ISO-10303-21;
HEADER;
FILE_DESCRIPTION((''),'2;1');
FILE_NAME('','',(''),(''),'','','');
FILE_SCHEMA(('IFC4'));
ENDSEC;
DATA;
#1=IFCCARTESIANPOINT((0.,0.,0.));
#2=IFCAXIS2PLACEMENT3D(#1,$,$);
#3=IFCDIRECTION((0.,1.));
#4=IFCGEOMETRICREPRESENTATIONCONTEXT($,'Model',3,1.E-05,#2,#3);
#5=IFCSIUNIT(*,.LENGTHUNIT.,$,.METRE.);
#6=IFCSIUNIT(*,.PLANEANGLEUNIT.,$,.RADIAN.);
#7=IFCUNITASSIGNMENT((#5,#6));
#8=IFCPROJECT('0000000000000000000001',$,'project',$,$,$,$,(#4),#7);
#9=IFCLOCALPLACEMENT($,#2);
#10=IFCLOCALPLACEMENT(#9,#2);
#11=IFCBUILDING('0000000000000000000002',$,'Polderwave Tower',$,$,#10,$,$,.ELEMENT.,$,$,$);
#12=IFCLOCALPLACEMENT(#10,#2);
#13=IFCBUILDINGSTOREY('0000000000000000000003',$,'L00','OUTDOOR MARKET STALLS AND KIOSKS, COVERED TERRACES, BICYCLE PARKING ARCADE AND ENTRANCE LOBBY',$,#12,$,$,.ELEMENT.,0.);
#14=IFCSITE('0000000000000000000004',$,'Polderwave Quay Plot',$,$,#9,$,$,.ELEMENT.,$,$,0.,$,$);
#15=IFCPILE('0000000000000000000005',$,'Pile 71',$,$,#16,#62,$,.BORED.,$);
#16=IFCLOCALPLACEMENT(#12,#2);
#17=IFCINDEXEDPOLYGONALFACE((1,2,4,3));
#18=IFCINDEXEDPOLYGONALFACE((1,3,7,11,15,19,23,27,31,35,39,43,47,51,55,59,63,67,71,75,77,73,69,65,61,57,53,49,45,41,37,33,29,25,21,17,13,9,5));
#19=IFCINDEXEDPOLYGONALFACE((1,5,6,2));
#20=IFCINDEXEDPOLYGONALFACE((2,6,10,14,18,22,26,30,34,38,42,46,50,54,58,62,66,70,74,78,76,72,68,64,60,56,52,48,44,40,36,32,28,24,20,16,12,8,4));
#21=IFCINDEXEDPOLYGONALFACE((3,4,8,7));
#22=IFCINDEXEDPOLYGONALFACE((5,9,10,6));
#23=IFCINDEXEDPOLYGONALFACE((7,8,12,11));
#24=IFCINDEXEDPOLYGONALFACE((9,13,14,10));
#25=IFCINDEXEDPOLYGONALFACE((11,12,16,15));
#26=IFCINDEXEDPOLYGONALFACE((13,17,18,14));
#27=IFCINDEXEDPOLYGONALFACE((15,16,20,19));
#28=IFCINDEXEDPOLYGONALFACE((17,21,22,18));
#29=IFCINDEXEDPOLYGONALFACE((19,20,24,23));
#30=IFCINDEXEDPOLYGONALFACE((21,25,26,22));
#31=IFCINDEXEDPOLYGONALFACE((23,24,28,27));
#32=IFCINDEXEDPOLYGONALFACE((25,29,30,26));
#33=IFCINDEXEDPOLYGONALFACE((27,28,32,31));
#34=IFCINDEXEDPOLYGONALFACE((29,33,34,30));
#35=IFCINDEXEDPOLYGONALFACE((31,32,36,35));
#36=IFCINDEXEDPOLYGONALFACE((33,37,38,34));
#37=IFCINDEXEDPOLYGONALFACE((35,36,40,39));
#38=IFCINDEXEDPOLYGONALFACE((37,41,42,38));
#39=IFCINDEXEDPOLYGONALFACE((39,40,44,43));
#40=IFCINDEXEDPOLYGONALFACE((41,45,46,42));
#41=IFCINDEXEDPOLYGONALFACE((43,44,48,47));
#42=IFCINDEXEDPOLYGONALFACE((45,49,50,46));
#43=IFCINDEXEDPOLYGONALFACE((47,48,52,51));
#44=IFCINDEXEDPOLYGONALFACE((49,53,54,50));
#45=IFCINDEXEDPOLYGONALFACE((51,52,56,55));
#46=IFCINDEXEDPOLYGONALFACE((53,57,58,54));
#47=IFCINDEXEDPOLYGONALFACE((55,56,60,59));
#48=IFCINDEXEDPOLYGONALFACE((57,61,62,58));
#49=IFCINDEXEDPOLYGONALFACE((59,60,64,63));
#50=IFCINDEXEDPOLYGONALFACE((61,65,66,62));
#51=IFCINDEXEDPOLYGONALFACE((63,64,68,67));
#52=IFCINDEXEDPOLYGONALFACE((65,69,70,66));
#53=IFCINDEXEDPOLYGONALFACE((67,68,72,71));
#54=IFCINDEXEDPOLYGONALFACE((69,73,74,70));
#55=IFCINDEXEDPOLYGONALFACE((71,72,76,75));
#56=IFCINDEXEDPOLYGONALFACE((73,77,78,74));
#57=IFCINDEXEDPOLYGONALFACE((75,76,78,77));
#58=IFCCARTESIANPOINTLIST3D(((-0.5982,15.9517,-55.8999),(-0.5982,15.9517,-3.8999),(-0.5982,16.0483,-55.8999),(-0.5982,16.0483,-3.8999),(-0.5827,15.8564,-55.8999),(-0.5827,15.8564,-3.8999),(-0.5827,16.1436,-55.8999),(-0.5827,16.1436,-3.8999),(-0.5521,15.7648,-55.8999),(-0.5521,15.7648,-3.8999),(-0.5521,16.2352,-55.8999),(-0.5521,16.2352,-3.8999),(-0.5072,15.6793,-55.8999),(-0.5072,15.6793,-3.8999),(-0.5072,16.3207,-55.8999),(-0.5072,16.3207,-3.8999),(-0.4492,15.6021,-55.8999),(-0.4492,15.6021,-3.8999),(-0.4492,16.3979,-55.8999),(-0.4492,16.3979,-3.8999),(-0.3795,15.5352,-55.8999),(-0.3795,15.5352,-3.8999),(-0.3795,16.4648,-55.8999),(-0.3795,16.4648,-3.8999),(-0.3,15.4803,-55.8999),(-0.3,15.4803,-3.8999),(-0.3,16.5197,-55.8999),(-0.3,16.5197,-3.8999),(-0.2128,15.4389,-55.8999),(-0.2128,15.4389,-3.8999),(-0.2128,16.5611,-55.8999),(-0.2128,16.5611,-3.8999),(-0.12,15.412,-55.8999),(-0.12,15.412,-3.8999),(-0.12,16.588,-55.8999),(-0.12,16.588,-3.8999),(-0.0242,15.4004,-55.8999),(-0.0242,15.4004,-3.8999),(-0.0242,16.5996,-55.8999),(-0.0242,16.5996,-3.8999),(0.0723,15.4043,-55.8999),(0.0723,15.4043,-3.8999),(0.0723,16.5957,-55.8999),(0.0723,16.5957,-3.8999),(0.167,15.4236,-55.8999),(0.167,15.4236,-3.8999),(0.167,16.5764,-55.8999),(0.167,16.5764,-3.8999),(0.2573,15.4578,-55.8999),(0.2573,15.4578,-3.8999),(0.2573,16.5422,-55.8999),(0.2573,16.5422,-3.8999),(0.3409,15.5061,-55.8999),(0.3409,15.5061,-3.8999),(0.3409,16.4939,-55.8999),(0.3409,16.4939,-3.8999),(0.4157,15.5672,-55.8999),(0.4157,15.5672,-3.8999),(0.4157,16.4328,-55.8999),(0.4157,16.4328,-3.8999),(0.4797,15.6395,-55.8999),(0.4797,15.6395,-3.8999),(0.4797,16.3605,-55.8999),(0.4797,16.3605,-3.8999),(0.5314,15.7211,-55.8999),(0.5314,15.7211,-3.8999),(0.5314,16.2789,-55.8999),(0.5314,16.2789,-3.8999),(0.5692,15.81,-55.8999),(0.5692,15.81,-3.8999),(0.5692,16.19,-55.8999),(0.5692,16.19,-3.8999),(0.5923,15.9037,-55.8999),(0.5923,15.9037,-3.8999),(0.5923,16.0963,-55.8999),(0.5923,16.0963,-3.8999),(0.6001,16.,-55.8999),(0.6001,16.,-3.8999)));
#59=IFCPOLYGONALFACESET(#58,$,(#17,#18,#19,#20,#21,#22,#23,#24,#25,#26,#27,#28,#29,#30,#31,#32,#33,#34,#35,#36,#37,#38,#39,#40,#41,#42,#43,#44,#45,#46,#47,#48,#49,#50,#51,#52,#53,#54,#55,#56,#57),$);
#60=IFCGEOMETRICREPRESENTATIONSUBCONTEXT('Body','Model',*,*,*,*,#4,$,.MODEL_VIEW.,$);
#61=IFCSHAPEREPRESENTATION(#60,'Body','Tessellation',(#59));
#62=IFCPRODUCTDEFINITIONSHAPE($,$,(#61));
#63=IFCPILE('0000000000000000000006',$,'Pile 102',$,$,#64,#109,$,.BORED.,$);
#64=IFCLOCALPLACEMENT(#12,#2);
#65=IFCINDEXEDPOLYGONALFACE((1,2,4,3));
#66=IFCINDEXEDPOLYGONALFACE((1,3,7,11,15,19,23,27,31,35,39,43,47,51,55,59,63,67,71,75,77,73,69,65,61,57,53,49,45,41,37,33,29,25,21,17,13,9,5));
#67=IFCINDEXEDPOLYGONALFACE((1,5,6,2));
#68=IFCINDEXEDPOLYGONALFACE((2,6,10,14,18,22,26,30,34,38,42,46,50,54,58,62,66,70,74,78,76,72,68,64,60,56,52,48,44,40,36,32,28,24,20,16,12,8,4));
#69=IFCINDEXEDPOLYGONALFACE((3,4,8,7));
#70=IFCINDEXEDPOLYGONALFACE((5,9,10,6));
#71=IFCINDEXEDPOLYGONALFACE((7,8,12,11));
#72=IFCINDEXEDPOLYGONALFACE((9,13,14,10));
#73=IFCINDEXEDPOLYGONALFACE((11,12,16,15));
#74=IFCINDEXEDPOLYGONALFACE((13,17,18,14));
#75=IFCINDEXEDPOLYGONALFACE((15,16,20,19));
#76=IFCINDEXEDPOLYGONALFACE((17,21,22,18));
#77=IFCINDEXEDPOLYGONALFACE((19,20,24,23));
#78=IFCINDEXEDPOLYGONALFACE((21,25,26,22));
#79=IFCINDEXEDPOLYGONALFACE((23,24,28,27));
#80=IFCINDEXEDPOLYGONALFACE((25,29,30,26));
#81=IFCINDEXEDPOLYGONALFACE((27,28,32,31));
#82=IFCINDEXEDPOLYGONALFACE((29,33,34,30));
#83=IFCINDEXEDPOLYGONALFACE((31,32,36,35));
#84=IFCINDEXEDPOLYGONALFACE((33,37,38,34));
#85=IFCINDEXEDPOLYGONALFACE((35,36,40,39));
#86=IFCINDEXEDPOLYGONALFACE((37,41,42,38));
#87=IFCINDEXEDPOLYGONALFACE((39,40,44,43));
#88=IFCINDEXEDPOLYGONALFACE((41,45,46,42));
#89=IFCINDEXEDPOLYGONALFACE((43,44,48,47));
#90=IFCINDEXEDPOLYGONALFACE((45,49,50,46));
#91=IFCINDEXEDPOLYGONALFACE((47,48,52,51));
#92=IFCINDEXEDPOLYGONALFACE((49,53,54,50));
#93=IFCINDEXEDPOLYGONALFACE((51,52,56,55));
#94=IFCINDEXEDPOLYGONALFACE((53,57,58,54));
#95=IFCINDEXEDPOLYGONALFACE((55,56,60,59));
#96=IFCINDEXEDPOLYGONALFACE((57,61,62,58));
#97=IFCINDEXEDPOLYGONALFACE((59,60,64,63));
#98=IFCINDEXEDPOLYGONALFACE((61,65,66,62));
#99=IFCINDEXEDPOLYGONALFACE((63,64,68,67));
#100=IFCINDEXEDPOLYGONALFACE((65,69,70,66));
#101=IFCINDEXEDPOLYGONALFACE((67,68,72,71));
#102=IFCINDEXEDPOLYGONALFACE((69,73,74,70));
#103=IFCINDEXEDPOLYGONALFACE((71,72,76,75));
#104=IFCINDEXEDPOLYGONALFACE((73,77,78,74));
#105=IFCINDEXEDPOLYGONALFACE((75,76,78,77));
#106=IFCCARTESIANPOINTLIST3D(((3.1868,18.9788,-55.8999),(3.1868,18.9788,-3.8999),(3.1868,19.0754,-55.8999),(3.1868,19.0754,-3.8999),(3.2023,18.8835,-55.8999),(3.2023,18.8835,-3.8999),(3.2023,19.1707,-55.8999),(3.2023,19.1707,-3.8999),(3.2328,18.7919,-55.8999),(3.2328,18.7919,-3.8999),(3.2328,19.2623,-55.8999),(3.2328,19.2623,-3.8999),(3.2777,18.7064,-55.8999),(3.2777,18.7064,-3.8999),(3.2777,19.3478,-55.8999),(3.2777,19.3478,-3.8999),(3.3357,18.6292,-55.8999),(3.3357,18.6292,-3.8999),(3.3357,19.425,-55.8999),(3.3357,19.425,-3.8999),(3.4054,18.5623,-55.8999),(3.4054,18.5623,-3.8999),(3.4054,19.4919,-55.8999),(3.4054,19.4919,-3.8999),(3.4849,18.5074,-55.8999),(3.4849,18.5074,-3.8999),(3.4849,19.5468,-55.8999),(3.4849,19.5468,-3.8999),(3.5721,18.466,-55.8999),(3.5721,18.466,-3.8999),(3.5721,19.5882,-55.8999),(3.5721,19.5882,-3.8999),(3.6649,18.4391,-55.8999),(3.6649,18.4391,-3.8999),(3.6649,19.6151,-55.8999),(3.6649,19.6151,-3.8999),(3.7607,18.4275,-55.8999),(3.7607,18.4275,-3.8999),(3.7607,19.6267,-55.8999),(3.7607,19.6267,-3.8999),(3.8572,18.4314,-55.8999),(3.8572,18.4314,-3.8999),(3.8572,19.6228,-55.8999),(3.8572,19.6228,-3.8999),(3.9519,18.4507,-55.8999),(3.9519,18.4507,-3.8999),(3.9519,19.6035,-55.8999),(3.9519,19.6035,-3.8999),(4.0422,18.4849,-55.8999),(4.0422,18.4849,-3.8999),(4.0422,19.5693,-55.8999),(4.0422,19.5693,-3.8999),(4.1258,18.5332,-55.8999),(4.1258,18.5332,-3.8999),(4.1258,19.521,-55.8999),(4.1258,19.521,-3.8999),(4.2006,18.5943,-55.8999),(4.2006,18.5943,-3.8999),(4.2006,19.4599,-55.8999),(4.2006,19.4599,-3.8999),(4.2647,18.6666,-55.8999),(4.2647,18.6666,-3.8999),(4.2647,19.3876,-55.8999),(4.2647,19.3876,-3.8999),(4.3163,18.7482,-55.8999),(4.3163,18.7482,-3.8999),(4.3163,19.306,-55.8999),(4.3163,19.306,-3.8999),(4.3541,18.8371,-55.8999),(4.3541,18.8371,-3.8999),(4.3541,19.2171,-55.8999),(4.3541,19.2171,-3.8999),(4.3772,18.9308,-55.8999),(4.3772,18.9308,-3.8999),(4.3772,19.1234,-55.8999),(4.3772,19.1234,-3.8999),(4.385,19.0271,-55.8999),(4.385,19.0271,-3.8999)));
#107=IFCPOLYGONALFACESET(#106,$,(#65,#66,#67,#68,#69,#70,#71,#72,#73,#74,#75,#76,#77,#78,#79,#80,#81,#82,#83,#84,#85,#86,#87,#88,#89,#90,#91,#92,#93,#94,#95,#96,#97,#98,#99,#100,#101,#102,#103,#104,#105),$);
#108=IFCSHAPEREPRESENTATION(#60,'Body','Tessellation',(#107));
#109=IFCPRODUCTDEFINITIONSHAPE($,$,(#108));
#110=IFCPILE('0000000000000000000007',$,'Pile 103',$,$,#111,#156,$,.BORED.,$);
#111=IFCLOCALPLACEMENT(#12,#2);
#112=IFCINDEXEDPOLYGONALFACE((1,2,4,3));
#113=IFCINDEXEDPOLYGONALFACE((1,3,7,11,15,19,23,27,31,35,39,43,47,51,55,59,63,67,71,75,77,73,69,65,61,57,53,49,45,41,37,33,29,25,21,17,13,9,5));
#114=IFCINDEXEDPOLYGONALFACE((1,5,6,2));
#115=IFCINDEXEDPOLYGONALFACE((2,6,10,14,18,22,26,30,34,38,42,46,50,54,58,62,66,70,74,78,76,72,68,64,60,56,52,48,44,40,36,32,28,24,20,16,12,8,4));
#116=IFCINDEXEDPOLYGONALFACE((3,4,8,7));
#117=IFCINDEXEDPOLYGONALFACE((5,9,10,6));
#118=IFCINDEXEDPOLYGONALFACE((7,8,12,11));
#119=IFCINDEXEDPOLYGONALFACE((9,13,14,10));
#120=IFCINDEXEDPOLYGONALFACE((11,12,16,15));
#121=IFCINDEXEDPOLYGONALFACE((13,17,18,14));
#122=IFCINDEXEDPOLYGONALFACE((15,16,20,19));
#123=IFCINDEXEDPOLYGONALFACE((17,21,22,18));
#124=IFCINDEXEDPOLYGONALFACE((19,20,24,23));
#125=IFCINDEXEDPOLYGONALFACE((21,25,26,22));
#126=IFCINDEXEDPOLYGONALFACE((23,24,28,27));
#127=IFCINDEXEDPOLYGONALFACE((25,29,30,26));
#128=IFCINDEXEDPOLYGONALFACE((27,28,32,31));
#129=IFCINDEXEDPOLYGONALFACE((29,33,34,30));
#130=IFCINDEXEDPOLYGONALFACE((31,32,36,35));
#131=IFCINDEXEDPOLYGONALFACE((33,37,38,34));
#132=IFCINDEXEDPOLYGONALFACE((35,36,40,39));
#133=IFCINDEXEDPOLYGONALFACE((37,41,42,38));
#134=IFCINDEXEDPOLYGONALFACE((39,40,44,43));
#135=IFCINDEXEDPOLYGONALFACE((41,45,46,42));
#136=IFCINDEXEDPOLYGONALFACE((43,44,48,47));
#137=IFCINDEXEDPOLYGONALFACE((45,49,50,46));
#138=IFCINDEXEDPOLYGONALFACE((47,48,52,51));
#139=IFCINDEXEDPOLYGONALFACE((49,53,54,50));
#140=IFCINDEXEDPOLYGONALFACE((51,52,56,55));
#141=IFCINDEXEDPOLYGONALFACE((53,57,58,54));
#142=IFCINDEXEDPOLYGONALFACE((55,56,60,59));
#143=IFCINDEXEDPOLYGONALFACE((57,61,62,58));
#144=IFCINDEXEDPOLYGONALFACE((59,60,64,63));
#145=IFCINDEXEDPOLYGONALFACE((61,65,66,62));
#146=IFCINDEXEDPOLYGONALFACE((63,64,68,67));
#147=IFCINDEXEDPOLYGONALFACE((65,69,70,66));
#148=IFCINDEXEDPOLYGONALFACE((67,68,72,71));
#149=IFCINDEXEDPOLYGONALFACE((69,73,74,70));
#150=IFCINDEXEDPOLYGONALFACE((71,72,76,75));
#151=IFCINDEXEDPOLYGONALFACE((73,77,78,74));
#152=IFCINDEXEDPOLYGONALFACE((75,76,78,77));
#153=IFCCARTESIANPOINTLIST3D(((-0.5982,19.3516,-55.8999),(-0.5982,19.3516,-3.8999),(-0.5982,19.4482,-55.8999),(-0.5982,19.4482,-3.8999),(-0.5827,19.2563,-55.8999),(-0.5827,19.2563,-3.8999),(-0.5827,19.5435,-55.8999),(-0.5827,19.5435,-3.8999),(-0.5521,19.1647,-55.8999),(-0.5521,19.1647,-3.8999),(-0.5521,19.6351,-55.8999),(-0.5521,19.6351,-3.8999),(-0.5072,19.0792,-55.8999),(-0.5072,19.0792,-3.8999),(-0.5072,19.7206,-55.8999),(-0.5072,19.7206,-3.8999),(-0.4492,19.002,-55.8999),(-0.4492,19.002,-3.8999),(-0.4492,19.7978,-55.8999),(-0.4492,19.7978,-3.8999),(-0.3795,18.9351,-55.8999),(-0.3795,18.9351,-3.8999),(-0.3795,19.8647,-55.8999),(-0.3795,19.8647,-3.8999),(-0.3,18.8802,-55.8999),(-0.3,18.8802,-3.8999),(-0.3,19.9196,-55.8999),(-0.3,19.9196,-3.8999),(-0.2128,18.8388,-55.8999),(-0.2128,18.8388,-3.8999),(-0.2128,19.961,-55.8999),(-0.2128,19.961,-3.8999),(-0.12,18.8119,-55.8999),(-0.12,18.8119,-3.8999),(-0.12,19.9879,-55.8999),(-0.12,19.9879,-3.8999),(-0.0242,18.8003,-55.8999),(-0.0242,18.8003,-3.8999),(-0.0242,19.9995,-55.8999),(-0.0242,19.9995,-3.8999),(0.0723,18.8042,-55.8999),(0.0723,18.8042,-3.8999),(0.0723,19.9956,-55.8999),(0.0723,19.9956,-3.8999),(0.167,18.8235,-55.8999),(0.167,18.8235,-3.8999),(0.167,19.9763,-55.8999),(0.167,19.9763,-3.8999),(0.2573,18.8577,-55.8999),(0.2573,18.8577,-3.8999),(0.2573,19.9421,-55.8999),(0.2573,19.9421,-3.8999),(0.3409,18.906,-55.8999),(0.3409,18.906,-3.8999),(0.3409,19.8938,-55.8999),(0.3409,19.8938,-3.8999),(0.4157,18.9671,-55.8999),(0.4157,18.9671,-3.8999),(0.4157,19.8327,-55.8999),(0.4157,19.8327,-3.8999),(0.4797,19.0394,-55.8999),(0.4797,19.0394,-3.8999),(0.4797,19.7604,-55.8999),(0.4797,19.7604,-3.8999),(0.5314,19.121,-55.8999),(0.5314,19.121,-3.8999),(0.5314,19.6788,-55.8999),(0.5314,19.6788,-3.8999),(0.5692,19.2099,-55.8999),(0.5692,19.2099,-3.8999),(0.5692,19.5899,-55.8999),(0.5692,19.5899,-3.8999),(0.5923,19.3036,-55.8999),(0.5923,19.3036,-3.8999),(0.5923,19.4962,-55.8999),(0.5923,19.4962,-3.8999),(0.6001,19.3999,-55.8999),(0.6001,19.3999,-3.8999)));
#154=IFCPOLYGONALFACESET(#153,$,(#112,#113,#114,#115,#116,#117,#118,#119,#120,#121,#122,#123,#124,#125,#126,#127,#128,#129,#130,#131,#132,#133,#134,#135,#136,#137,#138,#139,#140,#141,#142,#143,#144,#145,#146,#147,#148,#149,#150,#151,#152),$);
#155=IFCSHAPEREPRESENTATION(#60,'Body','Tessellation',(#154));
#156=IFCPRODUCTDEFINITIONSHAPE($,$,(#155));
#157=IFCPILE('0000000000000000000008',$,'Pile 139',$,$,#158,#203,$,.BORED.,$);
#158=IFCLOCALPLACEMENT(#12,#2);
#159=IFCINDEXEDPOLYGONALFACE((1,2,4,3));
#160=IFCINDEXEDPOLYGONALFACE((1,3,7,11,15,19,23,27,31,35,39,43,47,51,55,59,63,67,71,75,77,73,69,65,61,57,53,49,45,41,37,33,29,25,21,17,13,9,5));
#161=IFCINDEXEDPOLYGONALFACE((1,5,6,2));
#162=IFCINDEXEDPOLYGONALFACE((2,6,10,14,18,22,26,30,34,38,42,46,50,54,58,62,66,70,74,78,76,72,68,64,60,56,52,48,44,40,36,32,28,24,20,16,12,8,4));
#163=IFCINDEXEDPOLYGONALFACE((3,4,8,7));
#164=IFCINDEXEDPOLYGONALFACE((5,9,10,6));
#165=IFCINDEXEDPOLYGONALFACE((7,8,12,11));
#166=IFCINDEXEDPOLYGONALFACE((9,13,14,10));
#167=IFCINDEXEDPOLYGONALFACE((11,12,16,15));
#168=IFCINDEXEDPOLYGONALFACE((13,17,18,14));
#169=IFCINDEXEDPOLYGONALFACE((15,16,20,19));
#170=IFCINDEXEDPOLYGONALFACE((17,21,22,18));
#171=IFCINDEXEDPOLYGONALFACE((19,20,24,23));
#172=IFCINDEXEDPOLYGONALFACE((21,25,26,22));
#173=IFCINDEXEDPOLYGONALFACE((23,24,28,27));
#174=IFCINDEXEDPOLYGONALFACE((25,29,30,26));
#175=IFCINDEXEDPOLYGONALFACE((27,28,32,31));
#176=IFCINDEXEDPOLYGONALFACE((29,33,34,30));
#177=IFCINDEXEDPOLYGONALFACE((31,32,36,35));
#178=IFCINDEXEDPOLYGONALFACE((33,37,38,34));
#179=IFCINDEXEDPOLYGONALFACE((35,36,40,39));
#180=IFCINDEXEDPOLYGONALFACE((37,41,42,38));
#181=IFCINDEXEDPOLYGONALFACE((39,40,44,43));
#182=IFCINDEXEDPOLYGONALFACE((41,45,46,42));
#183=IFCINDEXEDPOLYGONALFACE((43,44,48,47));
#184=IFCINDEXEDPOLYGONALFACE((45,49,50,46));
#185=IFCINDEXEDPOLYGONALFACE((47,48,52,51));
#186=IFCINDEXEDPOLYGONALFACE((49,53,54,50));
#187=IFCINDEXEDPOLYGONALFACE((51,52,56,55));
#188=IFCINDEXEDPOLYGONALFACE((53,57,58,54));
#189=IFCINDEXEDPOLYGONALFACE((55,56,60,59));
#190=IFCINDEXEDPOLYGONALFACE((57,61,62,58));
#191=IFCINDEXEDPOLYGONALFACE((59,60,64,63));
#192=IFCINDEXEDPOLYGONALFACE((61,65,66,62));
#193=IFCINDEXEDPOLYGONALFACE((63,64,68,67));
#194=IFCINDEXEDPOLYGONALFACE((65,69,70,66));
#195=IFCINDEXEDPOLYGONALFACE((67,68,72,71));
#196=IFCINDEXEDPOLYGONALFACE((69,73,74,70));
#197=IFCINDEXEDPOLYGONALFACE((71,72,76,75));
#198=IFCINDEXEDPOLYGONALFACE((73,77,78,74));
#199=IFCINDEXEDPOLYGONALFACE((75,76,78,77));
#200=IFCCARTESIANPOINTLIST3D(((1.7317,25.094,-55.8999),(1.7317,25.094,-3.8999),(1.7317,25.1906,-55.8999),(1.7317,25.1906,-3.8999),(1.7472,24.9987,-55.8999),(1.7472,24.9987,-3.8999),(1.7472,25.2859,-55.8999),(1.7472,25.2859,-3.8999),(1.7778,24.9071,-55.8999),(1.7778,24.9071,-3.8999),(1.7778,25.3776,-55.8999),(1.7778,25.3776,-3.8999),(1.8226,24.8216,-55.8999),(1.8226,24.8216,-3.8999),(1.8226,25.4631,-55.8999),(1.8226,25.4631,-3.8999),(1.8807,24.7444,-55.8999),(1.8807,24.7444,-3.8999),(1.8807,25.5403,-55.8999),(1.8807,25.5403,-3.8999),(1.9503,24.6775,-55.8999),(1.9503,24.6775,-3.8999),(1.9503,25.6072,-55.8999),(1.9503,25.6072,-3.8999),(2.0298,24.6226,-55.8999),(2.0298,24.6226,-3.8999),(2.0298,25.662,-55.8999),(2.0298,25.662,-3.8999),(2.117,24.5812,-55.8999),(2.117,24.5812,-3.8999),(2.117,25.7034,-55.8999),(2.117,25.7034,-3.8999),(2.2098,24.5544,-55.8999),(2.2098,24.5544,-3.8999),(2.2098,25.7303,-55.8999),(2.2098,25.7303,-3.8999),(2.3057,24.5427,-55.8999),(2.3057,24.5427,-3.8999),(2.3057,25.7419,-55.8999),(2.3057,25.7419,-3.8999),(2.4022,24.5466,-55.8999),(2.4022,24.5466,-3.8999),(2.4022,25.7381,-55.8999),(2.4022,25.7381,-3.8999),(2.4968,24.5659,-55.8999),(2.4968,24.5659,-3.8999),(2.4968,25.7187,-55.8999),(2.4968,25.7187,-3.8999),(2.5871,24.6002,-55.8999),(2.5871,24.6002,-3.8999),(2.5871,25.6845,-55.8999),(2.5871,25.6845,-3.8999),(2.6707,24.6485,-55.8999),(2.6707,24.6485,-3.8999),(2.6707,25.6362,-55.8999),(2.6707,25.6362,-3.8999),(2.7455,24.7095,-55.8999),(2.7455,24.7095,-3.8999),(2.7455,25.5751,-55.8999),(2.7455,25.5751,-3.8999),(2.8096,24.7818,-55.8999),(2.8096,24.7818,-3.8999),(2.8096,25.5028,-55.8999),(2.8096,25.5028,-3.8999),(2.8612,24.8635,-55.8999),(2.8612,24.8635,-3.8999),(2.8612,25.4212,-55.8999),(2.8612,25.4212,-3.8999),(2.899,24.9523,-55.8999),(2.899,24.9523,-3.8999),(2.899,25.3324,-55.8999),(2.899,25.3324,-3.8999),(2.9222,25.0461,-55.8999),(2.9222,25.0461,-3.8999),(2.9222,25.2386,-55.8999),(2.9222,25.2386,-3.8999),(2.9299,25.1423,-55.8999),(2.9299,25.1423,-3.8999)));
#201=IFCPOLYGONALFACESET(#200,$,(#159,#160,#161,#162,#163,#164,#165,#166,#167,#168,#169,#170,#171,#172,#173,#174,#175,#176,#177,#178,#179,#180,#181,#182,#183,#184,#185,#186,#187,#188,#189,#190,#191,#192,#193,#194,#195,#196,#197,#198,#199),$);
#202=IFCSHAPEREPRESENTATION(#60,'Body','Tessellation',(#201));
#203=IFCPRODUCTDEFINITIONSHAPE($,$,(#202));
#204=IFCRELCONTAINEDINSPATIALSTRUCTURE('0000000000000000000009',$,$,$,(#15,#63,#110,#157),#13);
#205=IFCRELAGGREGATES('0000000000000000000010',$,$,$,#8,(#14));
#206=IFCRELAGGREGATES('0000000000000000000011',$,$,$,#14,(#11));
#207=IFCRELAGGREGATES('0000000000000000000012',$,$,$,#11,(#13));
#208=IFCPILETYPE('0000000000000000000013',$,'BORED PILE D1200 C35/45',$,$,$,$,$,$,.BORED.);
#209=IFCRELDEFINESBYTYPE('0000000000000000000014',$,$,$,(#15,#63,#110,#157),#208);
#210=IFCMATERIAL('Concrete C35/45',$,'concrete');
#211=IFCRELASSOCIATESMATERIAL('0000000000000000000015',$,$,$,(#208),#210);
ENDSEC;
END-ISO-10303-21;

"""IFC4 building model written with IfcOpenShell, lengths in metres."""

from ifc_helpers import new_model, si_unit, direction, frame, origin, origin_2d, place, context, subcontext, project, spatial, circle, extrude, material, material_profile, profile_set, type_object, element, save


model = new_model("IFC4")

# Units and contexts
model_context = context("Model", 3, precision=1e-05, world=origin(), true_north=direction((0.0, 1.0)))
body_context = subcontext(model_context, "Body", "Model", "MODEL_VIEW")
ifc_project = project(units=[si_unit("LENGTHUNIT", "METRE"), si_unit("PLANEANGLEUNIT", "RADIAN")], contexts=[model_context])

# Site, building, storey
site_placement = place(None, origin())
site = spatial("IfcSite", under=ifc_project, at=site_placement, Name="Polderwave Quay Plot", CompositionType="ELEMENT", RefElevation=0.0)
building_placement = place(site_placement, origin())
building = spatial("IfcBuilding", under=site, at=building_placement, Name="Polderwave Tower", CompositionType="ELEMENT")
storey_placement = place(building_placement, origin())
storey = spatial("IfcBuildingStorey", under=building, at=storey_placement, Name="L00", Description="OUTDOOR MARKET STALLS AND KIOSKS, COVERED TERRACES, BICYCLE PARKING ARCADE AND ENTRANCE LOBBY", CompositionType="ELEMENT", Elevation=0.0)

# Piles
ifc_material_1 = material(Name="Concrete C35/45", Category="concrete")
ifc_material_profile_1 = material_profile(ifc_material_1, circle(Radius=0.6001, at=origin_2d()), Name="BORED D1200")
ifc_profile_set_1 = profile_set([ifc_material_profile_1], Name="Concrete C35/45")
pile_type = type_object("IfcPileType", Name="BORED PILE D1200 C35/45", PredefinedType="BORED", material=ifc_profile_set_1)
for number, where, z_axis, x_axis, name in (
    (1, (0.0, 16.0, -3.8999), (0.0, 0.0, -1.0), (1.0, 0.0, 0.0), "Pile 71"),
    (2, (3.7849, 19.0271, -3.8999), (0.0, 0.0, -1.0), (1.0, 0.0, 0.0), "Pile 102"),
    (3, (0.0, 19.3999, -3.8999), (0.0, 0.0, -1.0), (1.0, 0.0, 0.0), "Pile 103"),
    (4, (2.3298, 25.1423, -3.8999), (0.0, 0.0, -1.0), (1.0, 0.0, 0.0), "Pile 139"),
):
    element("IfcPile", number, at=place(storey_placement, frame(where, z_axis=z_axis, x_axis=x_axis)), inside=storey, type_object=pile_type, Name=name, PredefinedType="BORED", context=body_context, shape_type="SweptSolid", body=[
        extrude(circle(Radius=0.6001, at=origin_2d()), origin(), (0.0, 0.0, 1.0), 52.0),
    ])

save(model, "model.ifc")
